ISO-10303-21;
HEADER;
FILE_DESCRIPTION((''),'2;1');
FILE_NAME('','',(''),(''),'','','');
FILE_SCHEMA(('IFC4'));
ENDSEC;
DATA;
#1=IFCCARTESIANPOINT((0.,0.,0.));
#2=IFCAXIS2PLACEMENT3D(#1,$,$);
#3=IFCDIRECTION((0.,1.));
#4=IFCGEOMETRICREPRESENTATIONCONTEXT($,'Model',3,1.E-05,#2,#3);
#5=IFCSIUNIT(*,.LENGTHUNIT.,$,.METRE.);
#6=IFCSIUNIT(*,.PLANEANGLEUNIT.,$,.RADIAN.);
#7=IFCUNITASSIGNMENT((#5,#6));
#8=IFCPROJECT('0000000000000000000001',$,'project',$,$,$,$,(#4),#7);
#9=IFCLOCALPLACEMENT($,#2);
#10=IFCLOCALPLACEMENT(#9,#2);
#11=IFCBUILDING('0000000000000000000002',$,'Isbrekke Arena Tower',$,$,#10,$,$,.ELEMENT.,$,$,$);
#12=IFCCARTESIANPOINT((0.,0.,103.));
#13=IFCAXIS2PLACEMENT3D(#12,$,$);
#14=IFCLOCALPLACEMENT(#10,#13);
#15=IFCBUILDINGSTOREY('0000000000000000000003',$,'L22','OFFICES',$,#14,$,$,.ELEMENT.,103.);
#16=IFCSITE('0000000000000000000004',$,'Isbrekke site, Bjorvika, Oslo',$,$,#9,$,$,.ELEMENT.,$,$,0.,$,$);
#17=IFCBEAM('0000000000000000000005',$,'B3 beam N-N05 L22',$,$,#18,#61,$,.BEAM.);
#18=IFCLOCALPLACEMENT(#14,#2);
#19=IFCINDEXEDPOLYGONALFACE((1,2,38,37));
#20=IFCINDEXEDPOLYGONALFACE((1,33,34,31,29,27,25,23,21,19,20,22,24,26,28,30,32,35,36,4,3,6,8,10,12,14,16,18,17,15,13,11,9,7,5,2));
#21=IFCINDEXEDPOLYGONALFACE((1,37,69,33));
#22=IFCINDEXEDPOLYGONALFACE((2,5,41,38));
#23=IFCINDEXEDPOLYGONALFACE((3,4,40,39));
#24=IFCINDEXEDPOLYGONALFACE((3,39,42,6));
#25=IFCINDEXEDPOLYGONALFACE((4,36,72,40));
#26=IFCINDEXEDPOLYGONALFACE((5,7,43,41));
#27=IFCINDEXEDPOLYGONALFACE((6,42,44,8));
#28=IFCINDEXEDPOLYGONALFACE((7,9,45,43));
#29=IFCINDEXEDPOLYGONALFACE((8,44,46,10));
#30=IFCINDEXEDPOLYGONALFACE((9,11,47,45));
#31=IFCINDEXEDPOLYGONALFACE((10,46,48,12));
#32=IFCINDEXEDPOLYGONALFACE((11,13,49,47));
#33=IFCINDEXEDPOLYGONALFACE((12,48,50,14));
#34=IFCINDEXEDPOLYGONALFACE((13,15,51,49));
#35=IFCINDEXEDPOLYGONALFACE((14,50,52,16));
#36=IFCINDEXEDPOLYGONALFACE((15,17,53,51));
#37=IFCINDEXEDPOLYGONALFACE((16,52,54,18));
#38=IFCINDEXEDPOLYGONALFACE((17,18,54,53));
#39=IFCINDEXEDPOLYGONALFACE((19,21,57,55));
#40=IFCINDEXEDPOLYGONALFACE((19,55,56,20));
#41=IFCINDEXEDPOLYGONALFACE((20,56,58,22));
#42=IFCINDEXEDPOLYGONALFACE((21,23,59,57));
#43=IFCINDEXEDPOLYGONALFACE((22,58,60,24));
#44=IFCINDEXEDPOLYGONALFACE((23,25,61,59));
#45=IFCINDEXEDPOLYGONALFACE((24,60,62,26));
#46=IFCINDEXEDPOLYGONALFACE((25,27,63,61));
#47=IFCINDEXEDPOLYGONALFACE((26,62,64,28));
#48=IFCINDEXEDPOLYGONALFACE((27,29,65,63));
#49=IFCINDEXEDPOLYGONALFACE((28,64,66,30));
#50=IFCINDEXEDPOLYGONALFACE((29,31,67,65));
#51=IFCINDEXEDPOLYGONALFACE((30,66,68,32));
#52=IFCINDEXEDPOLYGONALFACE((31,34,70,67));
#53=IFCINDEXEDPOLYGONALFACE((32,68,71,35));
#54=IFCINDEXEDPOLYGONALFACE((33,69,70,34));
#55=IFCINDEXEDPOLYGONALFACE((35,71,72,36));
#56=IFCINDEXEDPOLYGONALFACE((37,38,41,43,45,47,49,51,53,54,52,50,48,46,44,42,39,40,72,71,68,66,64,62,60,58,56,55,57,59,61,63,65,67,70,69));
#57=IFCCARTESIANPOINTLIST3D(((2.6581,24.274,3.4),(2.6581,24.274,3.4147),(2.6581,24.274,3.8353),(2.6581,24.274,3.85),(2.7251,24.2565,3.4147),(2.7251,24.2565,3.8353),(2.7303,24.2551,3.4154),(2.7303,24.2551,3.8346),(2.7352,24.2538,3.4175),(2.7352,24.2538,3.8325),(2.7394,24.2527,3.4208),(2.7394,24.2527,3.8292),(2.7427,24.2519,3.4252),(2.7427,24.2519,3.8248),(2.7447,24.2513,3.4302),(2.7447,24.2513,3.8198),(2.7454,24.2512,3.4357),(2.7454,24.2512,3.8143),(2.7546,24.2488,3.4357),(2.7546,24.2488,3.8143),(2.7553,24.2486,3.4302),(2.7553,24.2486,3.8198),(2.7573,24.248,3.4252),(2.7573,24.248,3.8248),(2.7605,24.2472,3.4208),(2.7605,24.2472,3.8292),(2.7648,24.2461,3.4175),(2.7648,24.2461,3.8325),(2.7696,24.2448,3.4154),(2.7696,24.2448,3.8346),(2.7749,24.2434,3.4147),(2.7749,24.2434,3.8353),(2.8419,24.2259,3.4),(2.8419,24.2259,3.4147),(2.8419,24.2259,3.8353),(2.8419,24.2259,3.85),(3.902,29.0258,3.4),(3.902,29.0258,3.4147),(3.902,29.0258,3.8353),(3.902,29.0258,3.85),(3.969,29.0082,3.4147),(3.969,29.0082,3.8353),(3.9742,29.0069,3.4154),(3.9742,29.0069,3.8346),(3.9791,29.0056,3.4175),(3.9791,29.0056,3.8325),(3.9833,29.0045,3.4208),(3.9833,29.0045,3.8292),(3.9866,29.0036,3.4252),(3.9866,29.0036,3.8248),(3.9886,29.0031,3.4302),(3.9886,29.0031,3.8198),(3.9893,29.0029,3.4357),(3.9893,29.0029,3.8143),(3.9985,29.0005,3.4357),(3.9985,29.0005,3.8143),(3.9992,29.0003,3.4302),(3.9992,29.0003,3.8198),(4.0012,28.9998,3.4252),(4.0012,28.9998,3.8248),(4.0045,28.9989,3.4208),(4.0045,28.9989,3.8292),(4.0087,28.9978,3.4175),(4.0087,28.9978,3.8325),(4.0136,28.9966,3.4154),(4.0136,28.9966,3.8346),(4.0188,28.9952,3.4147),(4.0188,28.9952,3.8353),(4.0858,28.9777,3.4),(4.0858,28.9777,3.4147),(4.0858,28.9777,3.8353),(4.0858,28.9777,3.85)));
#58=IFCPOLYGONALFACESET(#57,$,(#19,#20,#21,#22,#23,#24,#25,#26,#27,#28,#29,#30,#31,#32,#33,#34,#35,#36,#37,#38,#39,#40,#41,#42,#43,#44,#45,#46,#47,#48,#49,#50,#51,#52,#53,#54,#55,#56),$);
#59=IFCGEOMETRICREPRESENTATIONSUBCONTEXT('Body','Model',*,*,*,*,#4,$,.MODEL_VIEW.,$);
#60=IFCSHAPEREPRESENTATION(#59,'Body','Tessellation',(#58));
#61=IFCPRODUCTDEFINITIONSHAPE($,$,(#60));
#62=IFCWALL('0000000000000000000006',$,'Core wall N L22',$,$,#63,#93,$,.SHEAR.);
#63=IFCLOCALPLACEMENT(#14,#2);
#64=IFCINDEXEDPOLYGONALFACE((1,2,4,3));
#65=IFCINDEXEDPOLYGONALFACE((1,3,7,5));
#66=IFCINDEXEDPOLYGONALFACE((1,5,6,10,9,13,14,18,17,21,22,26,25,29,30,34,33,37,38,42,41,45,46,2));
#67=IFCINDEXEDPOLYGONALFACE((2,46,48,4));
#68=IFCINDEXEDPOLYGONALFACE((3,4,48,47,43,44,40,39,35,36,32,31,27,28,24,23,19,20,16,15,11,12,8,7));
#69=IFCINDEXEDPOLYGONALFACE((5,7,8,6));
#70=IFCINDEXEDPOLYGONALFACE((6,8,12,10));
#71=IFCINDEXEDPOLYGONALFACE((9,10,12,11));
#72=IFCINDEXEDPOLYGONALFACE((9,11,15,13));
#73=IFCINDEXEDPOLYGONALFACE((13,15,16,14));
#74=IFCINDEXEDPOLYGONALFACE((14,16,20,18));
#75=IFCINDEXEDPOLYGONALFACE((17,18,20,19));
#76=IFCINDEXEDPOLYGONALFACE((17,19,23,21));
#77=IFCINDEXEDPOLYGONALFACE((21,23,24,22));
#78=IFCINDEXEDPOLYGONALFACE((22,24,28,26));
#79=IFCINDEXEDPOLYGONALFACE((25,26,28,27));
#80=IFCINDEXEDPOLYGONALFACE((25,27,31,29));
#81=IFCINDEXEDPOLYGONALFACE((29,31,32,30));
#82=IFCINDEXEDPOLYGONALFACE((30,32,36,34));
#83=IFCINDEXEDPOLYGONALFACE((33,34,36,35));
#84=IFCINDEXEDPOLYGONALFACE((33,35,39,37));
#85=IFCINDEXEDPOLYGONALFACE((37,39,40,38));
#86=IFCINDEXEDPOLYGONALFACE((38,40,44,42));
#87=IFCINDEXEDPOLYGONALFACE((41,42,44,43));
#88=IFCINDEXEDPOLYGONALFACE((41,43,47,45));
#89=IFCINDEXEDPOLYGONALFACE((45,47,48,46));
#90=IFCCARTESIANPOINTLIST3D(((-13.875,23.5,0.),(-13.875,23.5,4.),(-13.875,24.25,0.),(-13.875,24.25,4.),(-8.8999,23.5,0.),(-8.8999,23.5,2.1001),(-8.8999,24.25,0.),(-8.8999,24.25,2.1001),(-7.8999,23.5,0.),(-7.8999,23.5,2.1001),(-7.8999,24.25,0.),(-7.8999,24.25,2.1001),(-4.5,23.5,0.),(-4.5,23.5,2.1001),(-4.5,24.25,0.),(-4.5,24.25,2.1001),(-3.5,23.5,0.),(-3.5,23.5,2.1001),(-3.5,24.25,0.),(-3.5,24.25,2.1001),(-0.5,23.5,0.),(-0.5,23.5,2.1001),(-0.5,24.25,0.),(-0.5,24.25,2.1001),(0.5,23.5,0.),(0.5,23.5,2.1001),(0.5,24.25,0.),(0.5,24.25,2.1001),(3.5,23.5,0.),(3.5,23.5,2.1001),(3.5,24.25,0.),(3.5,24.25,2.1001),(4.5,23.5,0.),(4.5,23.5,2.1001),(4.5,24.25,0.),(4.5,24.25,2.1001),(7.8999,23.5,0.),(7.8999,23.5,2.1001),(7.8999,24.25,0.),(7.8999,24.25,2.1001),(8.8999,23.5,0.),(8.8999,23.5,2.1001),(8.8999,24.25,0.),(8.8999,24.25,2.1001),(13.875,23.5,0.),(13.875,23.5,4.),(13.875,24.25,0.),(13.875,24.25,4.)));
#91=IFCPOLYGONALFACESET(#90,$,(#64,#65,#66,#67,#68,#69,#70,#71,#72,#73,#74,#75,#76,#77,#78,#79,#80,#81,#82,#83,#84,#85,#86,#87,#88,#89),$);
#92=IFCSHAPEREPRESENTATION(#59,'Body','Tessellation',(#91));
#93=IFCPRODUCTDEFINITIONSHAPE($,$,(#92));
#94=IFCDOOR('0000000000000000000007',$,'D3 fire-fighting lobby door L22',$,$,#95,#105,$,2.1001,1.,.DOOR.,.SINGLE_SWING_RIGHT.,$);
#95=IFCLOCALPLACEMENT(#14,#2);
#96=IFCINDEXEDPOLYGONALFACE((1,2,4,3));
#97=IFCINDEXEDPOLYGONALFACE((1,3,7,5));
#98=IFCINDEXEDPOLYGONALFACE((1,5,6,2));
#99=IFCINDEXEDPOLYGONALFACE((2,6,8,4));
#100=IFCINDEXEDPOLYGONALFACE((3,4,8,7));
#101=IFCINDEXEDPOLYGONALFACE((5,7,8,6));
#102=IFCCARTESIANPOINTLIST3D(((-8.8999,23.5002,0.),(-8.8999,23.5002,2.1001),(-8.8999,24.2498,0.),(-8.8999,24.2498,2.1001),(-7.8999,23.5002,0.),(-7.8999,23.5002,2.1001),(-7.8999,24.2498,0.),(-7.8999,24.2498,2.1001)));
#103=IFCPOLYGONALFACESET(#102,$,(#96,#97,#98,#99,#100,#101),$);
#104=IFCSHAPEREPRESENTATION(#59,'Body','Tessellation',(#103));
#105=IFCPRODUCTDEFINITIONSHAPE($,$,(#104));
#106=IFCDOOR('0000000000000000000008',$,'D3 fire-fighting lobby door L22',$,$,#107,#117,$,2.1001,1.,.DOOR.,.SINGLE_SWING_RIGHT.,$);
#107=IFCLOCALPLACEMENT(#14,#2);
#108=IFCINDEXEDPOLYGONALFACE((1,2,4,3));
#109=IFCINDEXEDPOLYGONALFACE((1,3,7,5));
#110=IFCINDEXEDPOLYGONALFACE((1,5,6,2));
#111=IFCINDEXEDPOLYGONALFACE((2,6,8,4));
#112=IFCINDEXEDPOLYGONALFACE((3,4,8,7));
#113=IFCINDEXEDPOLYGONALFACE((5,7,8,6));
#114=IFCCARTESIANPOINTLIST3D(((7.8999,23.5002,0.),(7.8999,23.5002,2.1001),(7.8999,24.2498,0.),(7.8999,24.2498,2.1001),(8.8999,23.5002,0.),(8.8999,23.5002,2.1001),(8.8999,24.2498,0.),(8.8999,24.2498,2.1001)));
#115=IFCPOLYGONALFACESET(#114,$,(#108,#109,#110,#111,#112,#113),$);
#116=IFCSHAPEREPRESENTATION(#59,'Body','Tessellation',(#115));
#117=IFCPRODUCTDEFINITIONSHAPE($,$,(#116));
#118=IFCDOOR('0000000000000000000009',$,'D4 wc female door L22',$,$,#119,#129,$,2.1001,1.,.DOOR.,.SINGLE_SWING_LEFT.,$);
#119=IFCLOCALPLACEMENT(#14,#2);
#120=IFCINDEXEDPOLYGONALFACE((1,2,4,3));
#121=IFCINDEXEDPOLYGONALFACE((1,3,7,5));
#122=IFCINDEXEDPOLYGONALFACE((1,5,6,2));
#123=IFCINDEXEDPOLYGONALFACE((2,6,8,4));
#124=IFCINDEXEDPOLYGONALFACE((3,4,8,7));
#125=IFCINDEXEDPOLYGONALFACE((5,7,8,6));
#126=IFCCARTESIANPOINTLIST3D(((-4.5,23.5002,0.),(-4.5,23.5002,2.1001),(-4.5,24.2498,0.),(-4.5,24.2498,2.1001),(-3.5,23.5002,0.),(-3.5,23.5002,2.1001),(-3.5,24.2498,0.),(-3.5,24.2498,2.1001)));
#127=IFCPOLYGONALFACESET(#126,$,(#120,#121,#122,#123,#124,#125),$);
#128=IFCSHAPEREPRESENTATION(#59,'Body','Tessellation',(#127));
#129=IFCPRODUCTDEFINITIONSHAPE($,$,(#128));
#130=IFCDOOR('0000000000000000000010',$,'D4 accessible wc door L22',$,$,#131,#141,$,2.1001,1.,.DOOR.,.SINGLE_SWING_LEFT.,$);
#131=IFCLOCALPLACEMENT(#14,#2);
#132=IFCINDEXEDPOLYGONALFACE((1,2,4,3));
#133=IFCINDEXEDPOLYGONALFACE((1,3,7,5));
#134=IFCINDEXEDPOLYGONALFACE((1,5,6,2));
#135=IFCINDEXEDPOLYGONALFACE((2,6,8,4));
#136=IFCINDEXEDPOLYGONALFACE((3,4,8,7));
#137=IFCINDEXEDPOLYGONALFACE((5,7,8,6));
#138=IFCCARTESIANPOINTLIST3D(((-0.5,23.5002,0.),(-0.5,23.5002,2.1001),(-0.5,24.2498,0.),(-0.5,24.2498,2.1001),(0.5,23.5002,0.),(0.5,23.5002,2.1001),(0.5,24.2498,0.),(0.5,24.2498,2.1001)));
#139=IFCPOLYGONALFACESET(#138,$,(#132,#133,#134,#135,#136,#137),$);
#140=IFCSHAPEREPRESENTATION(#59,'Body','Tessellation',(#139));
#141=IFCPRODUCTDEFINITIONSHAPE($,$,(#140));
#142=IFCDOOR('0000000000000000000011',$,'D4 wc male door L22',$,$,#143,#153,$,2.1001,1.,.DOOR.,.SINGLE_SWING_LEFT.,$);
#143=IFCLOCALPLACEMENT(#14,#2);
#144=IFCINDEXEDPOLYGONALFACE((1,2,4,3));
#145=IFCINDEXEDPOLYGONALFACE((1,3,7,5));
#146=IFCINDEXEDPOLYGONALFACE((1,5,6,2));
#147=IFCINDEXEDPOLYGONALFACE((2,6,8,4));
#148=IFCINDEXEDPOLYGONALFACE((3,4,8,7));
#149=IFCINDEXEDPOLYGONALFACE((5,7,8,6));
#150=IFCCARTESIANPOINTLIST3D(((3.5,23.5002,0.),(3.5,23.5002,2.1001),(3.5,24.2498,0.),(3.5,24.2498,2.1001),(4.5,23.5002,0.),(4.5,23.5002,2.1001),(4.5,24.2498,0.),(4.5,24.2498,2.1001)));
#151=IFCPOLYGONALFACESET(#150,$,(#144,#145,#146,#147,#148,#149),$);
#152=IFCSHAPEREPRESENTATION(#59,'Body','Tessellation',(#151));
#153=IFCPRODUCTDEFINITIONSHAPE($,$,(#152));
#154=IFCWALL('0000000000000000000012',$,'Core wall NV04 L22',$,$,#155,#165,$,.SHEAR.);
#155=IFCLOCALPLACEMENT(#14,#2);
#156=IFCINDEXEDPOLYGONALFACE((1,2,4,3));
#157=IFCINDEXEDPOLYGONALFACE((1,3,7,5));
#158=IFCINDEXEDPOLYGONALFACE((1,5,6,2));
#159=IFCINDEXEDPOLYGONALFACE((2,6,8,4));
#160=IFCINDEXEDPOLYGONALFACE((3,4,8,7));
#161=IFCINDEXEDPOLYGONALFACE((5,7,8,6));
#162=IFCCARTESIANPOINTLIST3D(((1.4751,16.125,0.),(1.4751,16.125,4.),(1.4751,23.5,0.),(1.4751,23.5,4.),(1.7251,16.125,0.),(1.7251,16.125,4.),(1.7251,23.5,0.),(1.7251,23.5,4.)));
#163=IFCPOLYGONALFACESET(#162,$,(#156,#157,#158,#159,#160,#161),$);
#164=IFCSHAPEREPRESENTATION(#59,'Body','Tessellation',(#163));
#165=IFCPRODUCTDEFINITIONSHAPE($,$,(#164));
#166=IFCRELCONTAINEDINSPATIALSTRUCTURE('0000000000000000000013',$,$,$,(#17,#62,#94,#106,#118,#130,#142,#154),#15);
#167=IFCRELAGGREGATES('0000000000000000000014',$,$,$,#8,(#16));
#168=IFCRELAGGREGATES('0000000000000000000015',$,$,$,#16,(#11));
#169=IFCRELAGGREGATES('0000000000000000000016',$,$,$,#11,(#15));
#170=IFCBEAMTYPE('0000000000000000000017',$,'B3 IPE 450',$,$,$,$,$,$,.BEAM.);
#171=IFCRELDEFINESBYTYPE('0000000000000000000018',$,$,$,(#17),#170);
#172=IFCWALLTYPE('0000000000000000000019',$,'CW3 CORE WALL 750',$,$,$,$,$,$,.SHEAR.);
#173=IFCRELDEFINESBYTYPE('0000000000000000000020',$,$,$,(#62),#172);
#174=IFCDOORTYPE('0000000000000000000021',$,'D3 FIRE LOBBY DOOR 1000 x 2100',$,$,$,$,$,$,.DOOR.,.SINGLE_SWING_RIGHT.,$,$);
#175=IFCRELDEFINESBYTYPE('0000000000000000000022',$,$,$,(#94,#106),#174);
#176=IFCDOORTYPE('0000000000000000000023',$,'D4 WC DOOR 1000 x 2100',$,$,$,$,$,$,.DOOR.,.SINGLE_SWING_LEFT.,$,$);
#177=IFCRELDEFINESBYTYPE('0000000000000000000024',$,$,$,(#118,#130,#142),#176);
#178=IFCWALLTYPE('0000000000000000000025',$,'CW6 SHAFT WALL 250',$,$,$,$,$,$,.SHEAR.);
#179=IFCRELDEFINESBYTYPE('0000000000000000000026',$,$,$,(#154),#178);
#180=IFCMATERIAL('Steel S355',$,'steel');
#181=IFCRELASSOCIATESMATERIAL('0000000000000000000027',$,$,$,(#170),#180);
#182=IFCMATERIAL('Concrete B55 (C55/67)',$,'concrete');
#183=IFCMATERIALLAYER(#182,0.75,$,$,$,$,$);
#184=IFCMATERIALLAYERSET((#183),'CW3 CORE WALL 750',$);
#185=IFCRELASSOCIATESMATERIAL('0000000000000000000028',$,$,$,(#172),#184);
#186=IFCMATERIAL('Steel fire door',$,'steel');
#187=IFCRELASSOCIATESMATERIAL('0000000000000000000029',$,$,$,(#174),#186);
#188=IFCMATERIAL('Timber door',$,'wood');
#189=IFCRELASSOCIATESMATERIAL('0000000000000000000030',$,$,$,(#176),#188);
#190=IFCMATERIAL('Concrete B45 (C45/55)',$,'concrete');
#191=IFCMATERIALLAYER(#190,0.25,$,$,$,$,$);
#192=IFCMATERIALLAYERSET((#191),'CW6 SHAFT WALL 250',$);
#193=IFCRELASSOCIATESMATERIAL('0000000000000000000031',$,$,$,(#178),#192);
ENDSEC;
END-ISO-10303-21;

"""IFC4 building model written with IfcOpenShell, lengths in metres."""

from ifc_helpers import new_model, si_unit, direction, frame, frame_2d, origin, origin_2d, place, context, subcontext, project, spatial, rectangle, i_section, extrude, material, layer, layer_set, material_profile, profile_set, type_object, element, fill, save


model = new_model("IFC4")

# Units and contexts
model_context = context("Model", 3, precision=1e-05, world=origin(), true_north=direction((0.0, 1.0)))
body_context = subcontext(model_context, "Body", "Model", "MODEL_VIEW")
ifc_project = project(units=[si_unit("LENGTHUNIT", "METRE"), si_unit("PLANEANGLEUNIT", "RADIAN")], contexts=[model_context])

# Site, building, storey
site_placement = place(None, origin())
site = spatial("IfcSite", under=ifc_project, at=site_placement, Name="Isbrekke site, Bjorvika, Oslo", CompositionType="ELEMENT", RefElevation=0.0)
building_placement = place(site_placement, origin())
building = spatial("IfcBuilding", under=site, at=building_placement, Name="Isbrekke Arena Tower", CompositionType="ELEMENT")
storey_placement = place(building_placement, frame((0.0, 0.0, 103.0)))
storey = spatial("IfcBuildingStorey", under=building, at=storey_placement, Name="L22", Description="OFFICES", CompositionType="ELEMENT", Elevation=103.0)

# Beam
ifc_material_1 = material(Name="Steel S355", Category="steel")
ifc_material_profile = material_profile(ifc_material_1, i_section(OverallWidth=0.1899, OverallDepth=0.45, WebThickness=0.0095, FlangeThickness=0.0146, FilletRadius=0.021, at=origin_2d()), Name="IPE 450")
ifc_profile_set = profile_set([ifc_material_profile], Name="Steel S355")
beam_type = type_object("IfcBeamType", Name="B3 IPE 450", PredefinedType="BEAM", material=ifc_profile_set)
beam_placement = place(storey_placement, frame((3.9939, 29.0017, 3.625), z_axis=(-0.253245, -0.967402, 0.0), x_axis=(0.967402, -0.253245, 0.0)))
element("IfcBeam", 1, at=beam_placement, inside=storey, type_object=beam_type, Name="B3 beam N-N05 L22", PredefinedType="BEAM", context=body_context, shape_type="SweptSolid", body=[
    extrude(i_section(OverallWidth=0.1899, OverallDepth=0.45, WebThickness=0.0095, FlangeThickness=0.0146, FilletRadius=0.021, at=origin_2d()), origin(), (0.0, 0.0, 1.0), 4.9119),
])

# Wall, openings, doors
ifc_material_2 = material(Name="Concrete B55 (C55/67)", Category="concrete")
ifc_layer_1 = layer(ifc_material_2, 0.75)
ifc_layer_set_1 = layer_set([ifc_layer_1], Name="CW3 CORE WALL 750")
wall_type_1 = type_object("IfcWallType", Name="CW3 CORE WALL 750", PredefinedType="SHEAR", material=ifc_layer_set_1)
wall_1_placement = place(storey_placement, frame((13.875, 23.875, 0.0), z_axis=(0.0, 0.0, 1.0), x_axis=(-1.0, 0.0, 0.0)))
wall_1 = element("IfcWall", 2, at=wall_1_placement, inside=storey, type_object=wall_type_1, Name="Core wall N L22", PredefinedType="SHEAR", context=body_context, shape_type="SweptSolid", body=[
    extrude(rectangle(XDim=27.75, YDim=0.75, at=frame_2d((13.875, 0.0))), origin(), (0.0, 0.0, 1.0), 4.0),
])
opening_1_placement = place(wall_1_placement, frame((21.7749, 0.0, 0.0)))
opening_1 = element("IfcOpeningElement", 3, at=opening_1_placement, cuts=wall_1, PredefinedType="OPENING", context=body_context, shape_type="SweptSolid", body=[
    extrude(rectangle(XDim=1.0, YDim=2.1001, at=frame_2d((0.5, 1.05))), frame((0.0, 0.3899, 0.0), z_axis=(0.0, -1.0, 0.0), x_axis=(1.0, 0.0, 0.0)), (0.0, 0.0, 1.0), 0.7798),
])
opening_2_placement = place(wall_1_placement, frame((4.9751, 0.0, 0.0)))
opening_2 = element("IfcOpeningElement", 4, at=opening_2_placement, cuts=wall_1, PredefinedType="OPENING", context=body_context, shape_type="SweptSolid", body=[
    extrude(rectangle(XDim=1.0, YDim=2.1001, at=frame_2d((0.5, 1.05))), frame((0.0, 0.3899, 0.0), z_axis=(0.0, -1.0, 0.0), x_axis=(1.0, 0.0, 0.0)), (0.0, 0.0, 1.0), 0.7798),
])
opening_3_placement = place(wall_1_placement, frame((17.375, 0.0, 0.0)))
opening_3 = element("IfcOpeningElement", 5, at=opening_3_placement, cuts=wall_1, PredefinedType="OPENING", context=body_context, shape_type="SweptSolid", body=[
    extrude(rectangle(XDim=1.0, YDim=2.1001, at=frame_2d((0.5, 1.05))), frame((0.0, 0.3899, 0.0), z_axis=(0.0, -1.0, 0.0), x_axis=(1.0, 0.0, 0.0)), (0.0, 0.0, 1.0), 0.7798),
])
opening_4_placement = place(wall_1_placement, frame((13.375, 0.0, 0.0)))
opening_4 = element("IfcOpeningElement", 6, at=opening_4_placement, cuts=wall_1, PredefinedType="OPENING", context=body_context, shape_type="SweptSolid", body=[
    extrude(rectangle(XDim=1.0, YDim=2.1001, at=frame_2d((0.5, 1.05))), frame((0.0, 0.3899, 0.0), z_axis=(0.0, -1.0, 0.0), x_axis=(1.0, 0.0, 0.0)), (0.0, 0.0, 1.0), 0.7798),
])
opening_5_placement = place(wall_1_placement, frame((9.375, 0.0, 0.0)))
opening_5 = element("IfcOpeningElement", 7, at=opening_5_placement, cuts=wall_1, PredefinedType="OPENING", context=body_context, shape_type="SweptSolid", body=[
    extrude(rectangle(XDim=1.0, YDim=2.1001, at=frame_2d((0.5, 1.05))), frame((0.0, 0.3899, 0.0), z_axis=(0.0, -1.0, 0.0), x_axis=(1.0, 0.0, 0.0)), (0.0, 0.0, 1.0), 0.7798),
])
ifc_material_3 = material(Name="Steel fire door", Category="steel")
door_type_1 = type_object("IfcDoorType", Name="D3 FIRE LOBBY DOOR 1000 x 2100", OperationType="SINGLE_SWING_RIGHT", PredefinedType="DOOR", material=ifc_material_3)
door_1_placement = place(opening_1_placement, origin())
door_1 = element("IfcDoor", 8, at=door_1_placement, inside=storey, type_object=door_type_1, Name="D3 fire-fighting lobby door L22", OperationType="SINGLE_SWING_RIGHT", OverallHeight=2.1001, OverallWidth=1.0, PredefinedType="DOOR", context=body_context, shape_type="SweptSolid", body=[
    extrude(rectangle(XDim=1.0, YDim=2.1001, at=frame_2d((0.5, 1.05))), frame((0.0, 0.3748, 0.0), z_axis=(0.0, -1.0, 0.0), x_axis=(1.0, 0.0, 0.0)), (0.0, 0.0, 1.0), 0.7495),
])
fill(opening_1, door_1)
door_2_placement = place(opening_2_placement, origin())
door_2 = element("IfcDoor", 9, at=door_2_placement, inside=storey, type_object=door_type_1, Name="D3 fire-fighting lobby door L22", OperationType="SINGLE_SWING_RIGHT", OverallHeight=2.1001, OverallWidth=1.0, PredefinedType="DOOR", context=body_context, shape_type="SweptSolid", body=[
    extrude(rectangle(XDim=1.0, YDim=2.1001, at=frame_2d((0.5, 1.05))), frame((0.0, 0.3748, 0.0), z_axis=(0.0, -1.0, 0.0), x_axis=(1.0, 0.0, 0.0)), (0.0, 0.0, 1.0), 0.7495),
])
fill(opening_2, door_2)
ifc_material_4 = material(Name="Timber door", Category="wood")
door_type_2 = type_object("IfcDoorType", Name="D4 WC DOOR 1000 x 2100", OperationType="SINGLE_SWING_LEFT", PredefinedType="DOOR", material=ifc_material_4)
door_3_placement = place(opening_3_placement, origin())
door_3 = element("IfcDoor", 10, at=door_3_placement, inside=storey, type_object=door_type_2, Name="D4 wc female door L22", OperationType="SINGLE_SWING_LEFT", OverallHeight=2.1001, OverallWidth=1.0, PredefinedType="DOOR", context=body_context, shape_type="SweptSolid", body=[
    extrude(rectangle(XDim=1.0, YDim=2.1001, at=frame_2d((0.5, 1.05))), frame((0.0, 0.3748, 0.0), z_axis=(0.0, -1.0, 0.0), x_axis=(1.0, 0.0, 0.0)), (0.0, 0.0, 1.0), 0.7495),
])
fill(opening_3, door_3)
door_4_placement = place(opening_4_placement, origin())
door_4 = element("IfcDoor", 11, at=door_4_placement, inside=storey, type_object=door_type_2, Name="D4 accessible wc door L22", OperationType="SINGLE_SWING_LEFT", OverallHeight=2.1001, OverallWidth=1.0, PredefinedType="DOOR", context=body_context, shape_type="SweptSolid", body=[
    extrude(rectangle(XDim=1.0, YDim=2.1001, at=frame_2d((0.5, 1.05))), frame((0.0, 0.3748, 0.0), z_axis=(0.0, -1.0, 0.0), x_axis=(1.0, 0.0, 0.0)), (0.0, 0.0, 1.0), 0.7495),
])
fill(opening_4, door_4)
door_5_placement = place(opening_5_placement, origin())
door_5 = element("IfcDoor", 12, at=door_5_placement, inside=storey, type_object=door_type_2, Name="D4 wc male door L22", OperationType="SINGLE_SWING_LEFT", OverallHeight=2.1001, OverallWidth=1.0, PredefinedType="DOOR", context=body_context, shape_type="SweptSolid", body=[
    extrude(rectangle(XDim=1.0, YDim=2.1001, at=frame_2d((0.5, 1.05))), frame((0.0, 0.3748, 0.0), z_axis=(0.0, -1.0, 0.0), x_axis=(1.0, 0.0, 0.0)), (0.0, 0.0, 1.0), 0.7495),
])
fill(opening_5, door_5)

# Wall
ifc_material_5 = material(Name="Concrete B45 (C45/55)", Category="concrete")
ifc_layer_2 = layer(ifc_material_5, 0.25)
ifc_layer_set_2 = layer_set([ifc_layer_2], Name="CW6 SHAFT WALL 250")
wall_type_2 = type_object("IfcWallType", Name="CW6 SHAFT WALL 250", PredefinedType="SHEAR", material=ifc_layer_set_2)
for number, where, z_axis, x_axis, name in (
    (13, (1.6001, 16.125, 0.0), (0.0, 0.0, 1.0), (0.0, 1.0, 0.0), "Core wall NV04 L22"),
):
    element("IfcWall", number, at=place(storey_placement, frame(where, z_axis=z_axis, x_axis=x_axis)), inside=storey, type_object=wall_type_2, Name=name, PredefinedType="SHEAR", context=body_context, shape_type="SweptSolid", body=[
        extrude(rectangle(XDim=7.375, YDim=0.25, at=frame_2d((3.6875, 0.0))), origin(), (0.0, 0.0, 1.0), 4.0),
    ])

save(model, "model.ifc")
